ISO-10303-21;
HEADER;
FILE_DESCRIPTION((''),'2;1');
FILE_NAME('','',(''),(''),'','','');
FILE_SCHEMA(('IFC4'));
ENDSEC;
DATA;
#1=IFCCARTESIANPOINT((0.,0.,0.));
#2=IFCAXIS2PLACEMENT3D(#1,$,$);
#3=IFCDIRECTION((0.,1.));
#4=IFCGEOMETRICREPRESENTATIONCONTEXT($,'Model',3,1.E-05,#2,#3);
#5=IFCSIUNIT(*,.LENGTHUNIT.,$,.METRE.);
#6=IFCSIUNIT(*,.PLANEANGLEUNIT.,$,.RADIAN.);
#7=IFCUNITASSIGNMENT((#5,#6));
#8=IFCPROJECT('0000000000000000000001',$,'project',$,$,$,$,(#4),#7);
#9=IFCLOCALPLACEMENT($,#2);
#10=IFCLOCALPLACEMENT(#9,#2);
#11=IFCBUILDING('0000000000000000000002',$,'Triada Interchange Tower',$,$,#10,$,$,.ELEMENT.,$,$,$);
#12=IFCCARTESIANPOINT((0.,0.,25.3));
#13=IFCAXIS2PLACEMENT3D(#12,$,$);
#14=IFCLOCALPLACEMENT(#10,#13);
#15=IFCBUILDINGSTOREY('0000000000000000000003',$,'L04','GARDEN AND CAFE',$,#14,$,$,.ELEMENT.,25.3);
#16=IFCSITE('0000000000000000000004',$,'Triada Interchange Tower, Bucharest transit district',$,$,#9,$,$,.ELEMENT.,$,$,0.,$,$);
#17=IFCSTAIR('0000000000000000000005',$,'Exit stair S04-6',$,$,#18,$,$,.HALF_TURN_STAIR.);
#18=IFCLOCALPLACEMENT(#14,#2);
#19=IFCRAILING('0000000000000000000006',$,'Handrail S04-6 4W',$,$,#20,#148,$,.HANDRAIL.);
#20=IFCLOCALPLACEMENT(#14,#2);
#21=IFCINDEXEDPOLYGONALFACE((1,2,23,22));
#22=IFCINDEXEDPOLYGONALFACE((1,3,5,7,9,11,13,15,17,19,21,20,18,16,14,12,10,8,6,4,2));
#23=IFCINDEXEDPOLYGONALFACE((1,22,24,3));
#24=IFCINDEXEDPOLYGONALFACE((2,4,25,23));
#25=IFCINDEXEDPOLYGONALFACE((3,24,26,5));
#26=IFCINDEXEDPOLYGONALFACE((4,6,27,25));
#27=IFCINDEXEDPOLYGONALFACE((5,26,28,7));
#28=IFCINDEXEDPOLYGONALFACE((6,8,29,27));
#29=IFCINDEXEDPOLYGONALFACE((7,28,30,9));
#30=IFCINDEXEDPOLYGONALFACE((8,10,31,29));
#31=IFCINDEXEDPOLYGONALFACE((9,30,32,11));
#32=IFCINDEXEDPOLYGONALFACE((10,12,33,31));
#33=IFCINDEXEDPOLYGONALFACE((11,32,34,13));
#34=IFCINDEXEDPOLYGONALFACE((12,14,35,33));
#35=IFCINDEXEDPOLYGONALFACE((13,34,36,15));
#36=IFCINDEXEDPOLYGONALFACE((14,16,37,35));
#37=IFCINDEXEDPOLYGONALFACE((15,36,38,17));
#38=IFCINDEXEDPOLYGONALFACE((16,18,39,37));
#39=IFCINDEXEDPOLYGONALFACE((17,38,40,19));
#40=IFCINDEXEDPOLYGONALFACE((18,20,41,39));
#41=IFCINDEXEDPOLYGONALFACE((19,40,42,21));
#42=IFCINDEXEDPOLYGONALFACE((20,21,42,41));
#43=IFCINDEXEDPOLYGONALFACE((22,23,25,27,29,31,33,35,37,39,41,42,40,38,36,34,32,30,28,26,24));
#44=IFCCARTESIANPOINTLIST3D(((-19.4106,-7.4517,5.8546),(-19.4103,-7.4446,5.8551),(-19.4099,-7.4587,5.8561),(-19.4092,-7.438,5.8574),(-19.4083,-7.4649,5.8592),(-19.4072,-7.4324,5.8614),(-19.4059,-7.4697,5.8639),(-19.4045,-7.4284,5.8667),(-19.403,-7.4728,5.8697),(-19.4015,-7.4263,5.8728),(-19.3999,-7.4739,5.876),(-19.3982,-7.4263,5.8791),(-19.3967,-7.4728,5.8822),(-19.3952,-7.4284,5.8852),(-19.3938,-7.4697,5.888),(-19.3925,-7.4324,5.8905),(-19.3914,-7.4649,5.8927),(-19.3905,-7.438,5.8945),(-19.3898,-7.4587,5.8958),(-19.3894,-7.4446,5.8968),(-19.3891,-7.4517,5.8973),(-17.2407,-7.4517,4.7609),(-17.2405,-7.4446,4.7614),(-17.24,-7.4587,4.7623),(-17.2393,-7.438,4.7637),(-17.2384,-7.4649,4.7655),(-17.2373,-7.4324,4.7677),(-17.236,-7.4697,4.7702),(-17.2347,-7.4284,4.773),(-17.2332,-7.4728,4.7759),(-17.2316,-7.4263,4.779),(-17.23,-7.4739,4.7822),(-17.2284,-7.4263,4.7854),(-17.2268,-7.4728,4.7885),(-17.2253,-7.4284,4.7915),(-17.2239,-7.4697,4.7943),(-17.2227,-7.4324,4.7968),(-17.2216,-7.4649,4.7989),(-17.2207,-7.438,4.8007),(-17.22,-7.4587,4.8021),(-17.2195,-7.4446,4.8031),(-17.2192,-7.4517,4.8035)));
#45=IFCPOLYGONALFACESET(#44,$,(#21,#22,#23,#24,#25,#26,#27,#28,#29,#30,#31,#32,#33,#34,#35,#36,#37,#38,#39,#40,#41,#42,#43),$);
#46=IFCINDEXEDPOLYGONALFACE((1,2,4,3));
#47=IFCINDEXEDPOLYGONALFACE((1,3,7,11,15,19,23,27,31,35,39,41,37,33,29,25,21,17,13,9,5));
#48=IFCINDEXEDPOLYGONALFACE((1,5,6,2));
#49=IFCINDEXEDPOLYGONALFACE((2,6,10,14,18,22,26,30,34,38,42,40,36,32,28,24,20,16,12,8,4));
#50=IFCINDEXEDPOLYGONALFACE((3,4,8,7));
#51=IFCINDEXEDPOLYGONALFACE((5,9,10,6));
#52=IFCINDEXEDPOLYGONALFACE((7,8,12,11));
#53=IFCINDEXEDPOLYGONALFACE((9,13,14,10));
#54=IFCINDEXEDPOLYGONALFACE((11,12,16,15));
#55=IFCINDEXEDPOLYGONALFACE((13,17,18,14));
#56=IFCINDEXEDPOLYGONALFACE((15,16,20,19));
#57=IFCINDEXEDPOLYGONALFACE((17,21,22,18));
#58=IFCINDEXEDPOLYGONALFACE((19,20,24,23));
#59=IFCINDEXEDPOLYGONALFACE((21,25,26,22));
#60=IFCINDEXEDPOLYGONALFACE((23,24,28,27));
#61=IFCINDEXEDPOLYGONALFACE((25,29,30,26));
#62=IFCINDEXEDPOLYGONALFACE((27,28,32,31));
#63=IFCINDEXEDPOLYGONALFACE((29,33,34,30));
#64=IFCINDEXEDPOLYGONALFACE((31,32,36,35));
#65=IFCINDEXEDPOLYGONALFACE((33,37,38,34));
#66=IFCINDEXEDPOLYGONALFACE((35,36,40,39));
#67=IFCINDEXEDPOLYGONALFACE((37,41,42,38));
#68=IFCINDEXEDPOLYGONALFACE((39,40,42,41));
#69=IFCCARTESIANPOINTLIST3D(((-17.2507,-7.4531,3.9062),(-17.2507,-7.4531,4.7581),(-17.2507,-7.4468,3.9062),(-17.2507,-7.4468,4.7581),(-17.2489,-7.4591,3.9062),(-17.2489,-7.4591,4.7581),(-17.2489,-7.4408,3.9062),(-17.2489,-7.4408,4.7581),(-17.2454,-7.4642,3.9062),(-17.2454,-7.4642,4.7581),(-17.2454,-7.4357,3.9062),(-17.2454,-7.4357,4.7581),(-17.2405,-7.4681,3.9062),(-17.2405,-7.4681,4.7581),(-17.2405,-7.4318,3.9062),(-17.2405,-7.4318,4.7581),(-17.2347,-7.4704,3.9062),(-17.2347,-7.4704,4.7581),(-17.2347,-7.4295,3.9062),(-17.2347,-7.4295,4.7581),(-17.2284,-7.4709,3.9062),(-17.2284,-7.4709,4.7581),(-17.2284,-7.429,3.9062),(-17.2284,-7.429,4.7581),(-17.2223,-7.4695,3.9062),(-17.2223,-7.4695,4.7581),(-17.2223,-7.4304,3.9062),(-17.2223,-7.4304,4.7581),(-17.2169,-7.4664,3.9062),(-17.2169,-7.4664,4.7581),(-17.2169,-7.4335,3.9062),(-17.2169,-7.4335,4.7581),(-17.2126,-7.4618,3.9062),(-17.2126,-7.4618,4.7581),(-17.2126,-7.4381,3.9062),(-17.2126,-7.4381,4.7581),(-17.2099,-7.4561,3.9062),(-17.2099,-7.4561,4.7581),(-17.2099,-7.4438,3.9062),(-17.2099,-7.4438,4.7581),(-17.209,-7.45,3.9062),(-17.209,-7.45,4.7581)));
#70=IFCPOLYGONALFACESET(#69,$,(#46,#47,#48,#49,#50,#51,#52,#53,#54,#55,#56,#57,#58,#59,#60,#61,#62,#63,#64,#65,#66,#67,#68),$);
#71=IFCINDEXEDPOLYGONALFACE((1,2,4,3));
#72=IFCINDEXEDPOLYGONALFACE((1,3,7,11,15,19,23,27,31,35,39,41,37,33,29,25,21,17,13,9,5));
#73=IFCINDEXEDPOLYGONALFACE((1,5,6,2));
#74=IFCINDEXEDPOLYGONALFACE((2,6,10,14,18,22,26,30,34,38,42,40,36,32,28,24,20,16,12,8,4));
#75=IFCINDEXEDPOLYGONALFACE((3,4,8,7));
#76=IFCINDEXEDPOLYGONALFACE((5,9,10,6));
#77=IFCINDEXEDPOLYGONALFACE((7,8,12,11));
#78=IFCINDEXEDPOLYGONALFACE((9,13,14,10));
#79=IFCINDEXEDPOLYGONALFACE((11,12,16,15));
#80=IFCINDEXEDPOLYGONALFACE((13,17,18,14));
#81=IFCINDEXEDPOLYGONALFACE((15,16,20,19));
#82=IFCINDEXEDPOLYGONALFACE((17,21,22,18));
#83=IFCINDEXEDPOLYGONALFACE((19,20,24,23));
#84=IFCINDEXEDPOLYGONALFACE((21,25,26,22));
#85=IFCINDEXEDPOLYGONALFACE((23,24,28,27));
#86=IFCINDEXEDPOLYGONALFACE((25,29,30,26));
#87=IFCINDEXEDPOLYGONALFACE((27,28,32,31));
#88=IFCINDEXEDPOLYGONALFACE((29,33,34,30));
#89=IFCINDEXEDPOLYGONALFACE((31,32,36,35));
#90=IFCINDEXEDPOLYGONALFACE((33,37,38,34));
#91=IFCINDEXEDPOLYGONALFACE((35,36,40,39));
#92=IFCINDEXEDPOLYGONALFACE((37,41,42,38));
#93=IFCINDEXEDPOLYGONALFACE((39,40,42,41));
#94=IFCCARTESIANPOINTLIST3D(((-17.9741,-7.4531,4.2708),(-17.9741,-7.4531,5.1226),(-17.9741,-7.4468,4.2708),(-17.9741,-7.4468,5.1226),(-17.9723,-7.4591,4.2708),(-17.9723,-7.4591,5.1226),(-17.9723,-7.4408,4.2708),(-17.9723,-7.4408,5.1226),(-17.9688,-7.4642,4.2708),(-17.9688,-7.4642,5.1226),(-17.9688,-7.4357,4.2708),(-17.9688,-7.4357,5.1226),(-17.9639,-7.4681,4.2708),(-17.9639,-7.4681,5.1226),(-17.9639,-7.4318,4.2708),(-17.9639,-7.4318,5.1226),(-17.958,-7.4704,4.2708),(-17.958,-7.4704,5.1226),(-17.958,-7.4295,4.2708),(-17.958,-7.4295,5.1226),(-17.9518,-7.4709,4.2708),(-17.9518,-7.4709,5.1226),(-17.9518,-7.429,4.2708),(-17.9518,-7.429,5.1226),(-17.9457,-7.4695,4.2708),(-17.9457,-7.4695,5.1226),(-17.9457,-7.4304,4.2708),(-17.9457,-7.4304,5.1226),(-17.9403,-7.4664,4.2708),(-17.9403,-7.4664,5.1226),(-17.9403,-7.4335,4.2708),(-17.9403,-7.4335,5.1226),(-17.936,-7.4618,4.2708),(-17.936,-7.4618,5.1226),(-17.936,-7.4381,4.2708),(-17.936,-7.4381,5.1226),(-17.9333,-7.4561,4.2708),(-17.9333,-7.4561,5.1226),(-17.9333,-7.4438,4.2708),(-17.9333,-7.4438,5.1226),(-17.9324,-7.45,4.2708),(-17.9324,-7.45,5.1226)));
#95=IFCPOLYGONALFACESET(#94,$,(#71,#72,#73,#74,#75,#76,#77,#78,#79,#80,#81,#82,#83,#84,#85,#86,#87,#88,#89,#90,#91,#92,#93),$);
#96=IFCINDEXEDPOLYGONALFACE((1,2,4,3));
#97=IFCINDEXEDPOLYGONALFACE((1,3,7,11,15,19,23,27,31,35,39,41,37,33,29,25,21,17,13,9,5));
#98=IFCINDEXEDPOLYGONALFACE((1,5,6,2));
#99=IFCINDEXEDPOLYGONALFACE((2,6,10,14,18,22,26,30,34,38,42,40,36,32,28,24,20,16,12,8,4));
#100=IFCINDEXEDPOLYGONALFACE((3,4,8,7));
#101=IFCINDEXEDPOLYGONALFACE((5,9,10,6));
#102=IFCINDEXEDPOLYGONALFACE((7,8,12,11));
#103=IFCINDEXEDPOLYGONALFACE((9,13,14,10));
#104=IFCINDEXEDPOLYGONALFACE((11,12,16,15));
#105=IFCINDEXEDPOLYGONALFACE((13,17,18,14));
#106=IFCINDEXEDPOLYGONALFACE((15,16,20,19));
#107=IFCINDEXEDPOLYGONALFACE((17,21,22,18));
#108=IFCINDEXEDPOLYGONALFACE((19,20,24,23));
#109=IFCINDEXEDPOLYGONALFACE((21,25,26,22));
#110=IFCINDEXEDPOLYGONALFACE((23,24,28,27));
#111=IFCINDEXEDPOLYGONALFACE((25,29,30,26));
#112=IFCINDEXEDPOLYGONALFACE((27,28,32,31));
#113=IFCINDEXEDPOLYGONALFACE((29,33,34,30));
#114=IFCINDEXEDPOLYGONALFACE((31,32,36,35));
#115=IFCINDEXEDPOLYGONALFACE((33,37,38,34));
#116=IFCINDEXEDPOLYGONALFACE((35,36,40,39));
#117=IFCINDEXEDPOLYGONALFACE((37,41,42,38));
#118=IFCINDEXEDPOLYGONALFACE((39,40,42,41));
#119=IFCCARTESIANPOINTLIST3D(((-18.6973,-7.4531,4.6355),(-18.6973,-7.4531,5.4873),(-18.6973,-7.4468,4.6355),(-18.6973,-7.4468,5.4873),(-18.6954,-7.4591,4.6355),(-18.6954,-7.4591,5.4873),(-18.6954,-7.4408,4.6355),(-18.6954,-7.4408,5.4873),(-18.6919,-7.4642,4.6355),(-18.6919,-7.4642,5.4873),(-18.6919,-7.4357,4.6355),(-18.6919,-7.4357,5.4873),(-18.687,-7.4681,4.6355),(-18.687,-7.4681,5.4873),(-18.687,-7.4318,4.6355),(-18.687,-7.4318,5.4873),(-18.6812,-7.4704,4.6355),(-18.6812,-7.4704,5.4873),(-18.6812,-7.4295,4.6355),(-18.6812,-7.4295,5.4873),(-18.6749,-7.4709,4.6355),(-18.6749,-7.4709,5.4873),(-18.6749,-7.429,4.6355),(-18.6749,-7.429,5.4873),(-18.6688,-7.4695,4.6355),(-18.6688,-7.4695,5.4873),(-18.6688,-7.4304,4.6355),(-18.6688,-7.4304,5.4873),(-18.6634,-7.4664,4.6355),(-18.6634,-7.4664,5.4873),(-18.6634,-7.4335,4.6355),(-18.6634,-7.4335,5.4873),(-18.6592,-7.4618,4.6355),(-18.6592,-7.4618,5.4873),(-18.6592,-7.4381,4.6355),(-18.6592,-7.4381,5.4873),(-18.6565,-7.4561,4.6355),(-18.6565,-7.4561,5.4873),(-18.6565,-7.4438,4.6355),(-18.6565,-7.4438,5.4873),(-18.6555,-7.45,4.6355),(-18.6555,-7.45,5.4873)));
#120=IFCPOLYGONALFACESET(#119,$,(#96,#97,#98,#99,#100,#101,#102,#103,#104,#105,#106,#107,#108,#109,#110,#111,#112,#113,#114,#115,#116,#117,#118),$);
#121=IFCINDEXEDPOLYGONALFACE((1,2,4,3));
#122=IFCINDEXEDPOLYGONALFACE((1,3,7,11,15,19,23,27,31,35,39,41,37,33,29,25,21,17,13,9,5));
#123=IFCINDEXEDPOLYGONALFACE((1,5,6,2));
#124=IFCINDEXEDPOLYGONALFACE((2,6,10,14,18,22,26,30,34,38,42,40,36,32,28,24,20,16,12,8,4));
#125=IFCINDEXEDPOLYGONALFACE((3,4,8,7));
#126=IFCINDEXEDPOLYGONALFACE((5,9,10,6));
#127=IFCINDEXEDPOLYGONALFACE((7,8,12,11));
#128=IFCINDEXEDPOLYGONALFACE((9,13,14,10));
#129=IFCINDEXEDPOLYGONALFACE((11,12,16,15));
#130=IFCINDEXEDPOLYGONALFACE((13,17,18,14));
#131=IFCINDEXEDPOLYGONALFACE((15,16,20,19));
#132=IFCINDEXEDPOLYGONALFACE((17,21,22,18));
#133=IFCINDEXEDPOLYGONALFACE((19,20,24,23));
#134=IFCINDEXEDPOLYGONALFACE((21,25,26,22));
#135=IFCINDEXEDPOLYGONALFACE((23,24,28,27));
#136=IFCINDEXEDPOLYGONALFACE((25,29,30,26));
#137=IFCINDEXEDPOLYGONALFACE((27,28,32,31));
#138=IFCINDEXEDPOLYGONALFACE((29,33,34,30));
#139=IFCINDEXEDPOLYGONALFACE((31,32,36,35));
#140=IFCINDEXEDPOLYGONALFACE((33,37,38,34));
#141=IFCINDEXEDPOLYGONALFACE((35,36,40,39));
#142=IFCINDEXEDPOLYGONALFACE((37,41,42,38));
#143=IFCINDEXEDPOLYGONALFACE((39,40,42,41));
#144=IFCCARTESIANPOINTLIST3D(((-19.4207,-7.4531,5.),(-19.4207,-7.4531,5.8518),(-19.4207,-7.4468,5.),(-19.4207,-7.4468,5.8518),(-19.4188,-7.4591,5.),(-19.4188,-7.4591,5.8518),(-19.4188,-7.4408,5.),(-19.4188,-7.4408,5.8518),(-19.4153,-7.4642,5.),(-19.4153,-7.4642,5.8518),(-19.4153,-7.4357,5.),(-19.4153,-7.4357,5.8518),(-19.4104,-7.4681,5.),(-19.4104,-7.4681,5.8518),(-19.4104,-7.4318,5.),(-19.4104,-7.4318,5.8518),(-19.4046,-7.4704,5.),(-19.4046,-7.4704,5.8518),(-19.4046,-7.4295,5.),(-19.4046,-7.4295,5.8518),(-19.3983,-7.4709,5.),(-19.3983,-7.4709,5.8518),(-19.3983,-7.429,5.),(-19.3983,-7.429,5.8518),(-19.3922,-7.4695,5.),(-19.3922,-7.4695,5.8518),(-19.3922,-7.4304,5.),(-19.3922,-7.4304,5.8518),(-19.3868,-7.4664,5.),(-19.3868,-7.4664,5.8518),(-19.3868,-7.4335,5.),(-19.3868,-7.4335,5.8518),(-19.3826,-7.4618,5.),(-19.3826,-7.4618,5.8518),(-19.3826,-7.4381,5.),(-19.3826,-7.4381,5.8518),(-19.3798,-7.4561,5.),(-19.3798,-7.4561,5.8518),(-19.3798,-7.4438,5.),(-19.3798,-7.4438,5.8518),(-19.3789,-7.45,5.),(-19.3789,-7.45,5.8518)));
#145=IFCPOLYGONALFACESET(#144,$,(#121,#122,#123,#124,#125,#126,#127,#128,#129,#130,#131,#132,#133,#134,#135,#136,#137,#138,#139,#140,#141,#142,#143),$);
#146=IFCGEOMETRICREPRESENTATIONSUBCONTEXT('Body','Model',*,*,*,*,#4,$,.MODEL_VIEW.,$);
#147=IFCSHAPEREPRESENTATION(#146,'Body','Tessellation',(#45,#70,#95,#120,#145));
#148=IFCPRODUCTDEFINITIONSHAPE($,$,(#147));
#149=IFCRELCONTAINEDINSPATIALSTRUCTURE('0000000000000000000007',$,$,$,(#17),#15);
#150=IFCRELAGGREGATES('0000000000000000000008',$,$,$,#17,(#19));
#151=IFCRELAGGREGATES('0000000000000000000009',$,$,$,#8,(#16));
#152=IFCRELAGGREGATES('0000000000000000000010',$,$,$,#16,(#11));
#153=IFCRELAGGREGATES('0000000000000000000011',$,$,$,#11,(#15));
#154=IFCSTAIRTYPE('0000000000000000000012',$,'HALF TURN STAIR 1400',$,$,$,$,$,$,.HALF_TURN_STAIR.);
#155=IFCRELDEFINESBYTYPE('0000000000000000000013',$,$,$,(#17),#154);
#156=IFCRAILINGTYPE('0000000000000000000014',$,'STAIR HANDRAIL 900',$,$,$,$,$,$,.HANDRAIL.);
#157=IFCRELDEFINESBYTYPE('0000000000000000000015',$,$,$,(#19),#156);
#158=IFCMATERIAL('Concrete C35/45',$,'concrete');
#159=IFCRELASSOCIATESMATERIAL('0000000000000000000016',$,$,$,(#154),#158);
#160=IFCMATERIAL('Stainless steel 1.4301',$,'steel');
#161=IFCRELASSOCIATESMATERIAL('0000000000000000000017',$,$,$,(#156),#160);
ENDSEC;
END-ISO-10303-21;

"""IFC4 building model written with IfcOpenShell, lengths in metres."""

from ifc_helpers import new_model, si_unit, direction, frame, origin, origin_2d, place, context, subcontext, project, spatial, circle, extrude, material, type_object, element, aggregate, save


model = new_model("IFC4")

# Units and contexts
model_context = context("Model", 3, precision=1e-05, world=origin(), true_north=direction((0.0, 1.0)))
body_context = subcontext(model_context, "Body", "Model", "MODEL_VIEW")
ifc_project = project(units=[si_unit("LENGTHUNIT", "METRE"), si_unit("PLANEANGLEUNIT", "RADIAN")], contexts=[model_context])

# Site, building, storey
site_placement = place(None, origin())
site = spatial("IfcSite", under=ifc_project, at=site_placement, Name="Triada Interchange Tower, Bucharest transit district", CompositionType="ELEMENT", RefElevation=0.0)
building_placement = place(site_placement, origin())
building = spatial("IfcBuilding", under=site, at=building_placement, Name="Triada Interchange Tower", CompositionType="ELEMENT")
storey_placement = place(building_placement, frame((0.0, 0.0, 25.3)))
storey = spatial("IfcBuildingStorey", under=building, at=storey_placement, Name="L04", Description="GARDEN AND CAFE", CompositionType="ELEMENT", Elevation=25.3)

# Stair, railing
ifc_material_1 = material(Name="Concrete C35/45", Category="concrete")
stair_type = type_object("IfcStairType", Name="HALF TURN STAIR 1400", PredefinedType="HALF_TURN_STAIR", material=ifc_material_1)
stair_placement = place(storey_placement, origin())
stair = element("IfcStair", 1, at=stair_placement, inside=storey, type_object=stair_type, Name="Exit stair S04-6", PredefinedType="HALF_TURN_STAIR")
ifc_material_2 = material(Name="Stainless steel 1.4301", Category="steel")
railing_type = type_object("IfcRailingType", Name="STAIR HANDRAIL 900", PredefinedType="HANDRAIL", material=ifc_material_2)
railing_1_placement = place(storey_placement, frame((-17.23, -7.45, 3.9062)))
railing_1 = element("IfcRailing", 2, at=railing_1_placement, type_object=railing_type, Name="Handrail S04-6 4W", PredefinedType="HANDRAIL", context=body_context, shape_type="SweptSolid", body=[
    extrude(circle(Radius=0.0239, at=origin_2d()), frame((0.0, 0.0, 0.876), z_axis=(-0.892976, 0.0, 0.450105), x_axis=(0.0, -1.0, 0.0)), (0.0, 0.0, 1.0), 2.4299),
    extrude(circle(Radius=0.021, at=origin_2d()), origin(), (0.0, 0.0, 1.0), 0.8518),
    extrude(circle(Radius=0.021, at=origin_2d()), frame((-0.7234, 0.0, 0.3645)), (0.0, 0.0, 1.0), 0.8518),
    extrude(circle(Radius=0.021, at=origin_2d()), frame((-1.4465, 0.0, 0.7292)), (0.0, 0.0, 1.0), 0.8518),
    extrude(circle(Radius=0.021, at=origin_2d()), frame((-2.1699, 0.0, 1.0938)), (0.0, 0.0, 1.0), 0.8518),
])
aggregate(stair, [railing_1])

save(model, "model.ifc")
